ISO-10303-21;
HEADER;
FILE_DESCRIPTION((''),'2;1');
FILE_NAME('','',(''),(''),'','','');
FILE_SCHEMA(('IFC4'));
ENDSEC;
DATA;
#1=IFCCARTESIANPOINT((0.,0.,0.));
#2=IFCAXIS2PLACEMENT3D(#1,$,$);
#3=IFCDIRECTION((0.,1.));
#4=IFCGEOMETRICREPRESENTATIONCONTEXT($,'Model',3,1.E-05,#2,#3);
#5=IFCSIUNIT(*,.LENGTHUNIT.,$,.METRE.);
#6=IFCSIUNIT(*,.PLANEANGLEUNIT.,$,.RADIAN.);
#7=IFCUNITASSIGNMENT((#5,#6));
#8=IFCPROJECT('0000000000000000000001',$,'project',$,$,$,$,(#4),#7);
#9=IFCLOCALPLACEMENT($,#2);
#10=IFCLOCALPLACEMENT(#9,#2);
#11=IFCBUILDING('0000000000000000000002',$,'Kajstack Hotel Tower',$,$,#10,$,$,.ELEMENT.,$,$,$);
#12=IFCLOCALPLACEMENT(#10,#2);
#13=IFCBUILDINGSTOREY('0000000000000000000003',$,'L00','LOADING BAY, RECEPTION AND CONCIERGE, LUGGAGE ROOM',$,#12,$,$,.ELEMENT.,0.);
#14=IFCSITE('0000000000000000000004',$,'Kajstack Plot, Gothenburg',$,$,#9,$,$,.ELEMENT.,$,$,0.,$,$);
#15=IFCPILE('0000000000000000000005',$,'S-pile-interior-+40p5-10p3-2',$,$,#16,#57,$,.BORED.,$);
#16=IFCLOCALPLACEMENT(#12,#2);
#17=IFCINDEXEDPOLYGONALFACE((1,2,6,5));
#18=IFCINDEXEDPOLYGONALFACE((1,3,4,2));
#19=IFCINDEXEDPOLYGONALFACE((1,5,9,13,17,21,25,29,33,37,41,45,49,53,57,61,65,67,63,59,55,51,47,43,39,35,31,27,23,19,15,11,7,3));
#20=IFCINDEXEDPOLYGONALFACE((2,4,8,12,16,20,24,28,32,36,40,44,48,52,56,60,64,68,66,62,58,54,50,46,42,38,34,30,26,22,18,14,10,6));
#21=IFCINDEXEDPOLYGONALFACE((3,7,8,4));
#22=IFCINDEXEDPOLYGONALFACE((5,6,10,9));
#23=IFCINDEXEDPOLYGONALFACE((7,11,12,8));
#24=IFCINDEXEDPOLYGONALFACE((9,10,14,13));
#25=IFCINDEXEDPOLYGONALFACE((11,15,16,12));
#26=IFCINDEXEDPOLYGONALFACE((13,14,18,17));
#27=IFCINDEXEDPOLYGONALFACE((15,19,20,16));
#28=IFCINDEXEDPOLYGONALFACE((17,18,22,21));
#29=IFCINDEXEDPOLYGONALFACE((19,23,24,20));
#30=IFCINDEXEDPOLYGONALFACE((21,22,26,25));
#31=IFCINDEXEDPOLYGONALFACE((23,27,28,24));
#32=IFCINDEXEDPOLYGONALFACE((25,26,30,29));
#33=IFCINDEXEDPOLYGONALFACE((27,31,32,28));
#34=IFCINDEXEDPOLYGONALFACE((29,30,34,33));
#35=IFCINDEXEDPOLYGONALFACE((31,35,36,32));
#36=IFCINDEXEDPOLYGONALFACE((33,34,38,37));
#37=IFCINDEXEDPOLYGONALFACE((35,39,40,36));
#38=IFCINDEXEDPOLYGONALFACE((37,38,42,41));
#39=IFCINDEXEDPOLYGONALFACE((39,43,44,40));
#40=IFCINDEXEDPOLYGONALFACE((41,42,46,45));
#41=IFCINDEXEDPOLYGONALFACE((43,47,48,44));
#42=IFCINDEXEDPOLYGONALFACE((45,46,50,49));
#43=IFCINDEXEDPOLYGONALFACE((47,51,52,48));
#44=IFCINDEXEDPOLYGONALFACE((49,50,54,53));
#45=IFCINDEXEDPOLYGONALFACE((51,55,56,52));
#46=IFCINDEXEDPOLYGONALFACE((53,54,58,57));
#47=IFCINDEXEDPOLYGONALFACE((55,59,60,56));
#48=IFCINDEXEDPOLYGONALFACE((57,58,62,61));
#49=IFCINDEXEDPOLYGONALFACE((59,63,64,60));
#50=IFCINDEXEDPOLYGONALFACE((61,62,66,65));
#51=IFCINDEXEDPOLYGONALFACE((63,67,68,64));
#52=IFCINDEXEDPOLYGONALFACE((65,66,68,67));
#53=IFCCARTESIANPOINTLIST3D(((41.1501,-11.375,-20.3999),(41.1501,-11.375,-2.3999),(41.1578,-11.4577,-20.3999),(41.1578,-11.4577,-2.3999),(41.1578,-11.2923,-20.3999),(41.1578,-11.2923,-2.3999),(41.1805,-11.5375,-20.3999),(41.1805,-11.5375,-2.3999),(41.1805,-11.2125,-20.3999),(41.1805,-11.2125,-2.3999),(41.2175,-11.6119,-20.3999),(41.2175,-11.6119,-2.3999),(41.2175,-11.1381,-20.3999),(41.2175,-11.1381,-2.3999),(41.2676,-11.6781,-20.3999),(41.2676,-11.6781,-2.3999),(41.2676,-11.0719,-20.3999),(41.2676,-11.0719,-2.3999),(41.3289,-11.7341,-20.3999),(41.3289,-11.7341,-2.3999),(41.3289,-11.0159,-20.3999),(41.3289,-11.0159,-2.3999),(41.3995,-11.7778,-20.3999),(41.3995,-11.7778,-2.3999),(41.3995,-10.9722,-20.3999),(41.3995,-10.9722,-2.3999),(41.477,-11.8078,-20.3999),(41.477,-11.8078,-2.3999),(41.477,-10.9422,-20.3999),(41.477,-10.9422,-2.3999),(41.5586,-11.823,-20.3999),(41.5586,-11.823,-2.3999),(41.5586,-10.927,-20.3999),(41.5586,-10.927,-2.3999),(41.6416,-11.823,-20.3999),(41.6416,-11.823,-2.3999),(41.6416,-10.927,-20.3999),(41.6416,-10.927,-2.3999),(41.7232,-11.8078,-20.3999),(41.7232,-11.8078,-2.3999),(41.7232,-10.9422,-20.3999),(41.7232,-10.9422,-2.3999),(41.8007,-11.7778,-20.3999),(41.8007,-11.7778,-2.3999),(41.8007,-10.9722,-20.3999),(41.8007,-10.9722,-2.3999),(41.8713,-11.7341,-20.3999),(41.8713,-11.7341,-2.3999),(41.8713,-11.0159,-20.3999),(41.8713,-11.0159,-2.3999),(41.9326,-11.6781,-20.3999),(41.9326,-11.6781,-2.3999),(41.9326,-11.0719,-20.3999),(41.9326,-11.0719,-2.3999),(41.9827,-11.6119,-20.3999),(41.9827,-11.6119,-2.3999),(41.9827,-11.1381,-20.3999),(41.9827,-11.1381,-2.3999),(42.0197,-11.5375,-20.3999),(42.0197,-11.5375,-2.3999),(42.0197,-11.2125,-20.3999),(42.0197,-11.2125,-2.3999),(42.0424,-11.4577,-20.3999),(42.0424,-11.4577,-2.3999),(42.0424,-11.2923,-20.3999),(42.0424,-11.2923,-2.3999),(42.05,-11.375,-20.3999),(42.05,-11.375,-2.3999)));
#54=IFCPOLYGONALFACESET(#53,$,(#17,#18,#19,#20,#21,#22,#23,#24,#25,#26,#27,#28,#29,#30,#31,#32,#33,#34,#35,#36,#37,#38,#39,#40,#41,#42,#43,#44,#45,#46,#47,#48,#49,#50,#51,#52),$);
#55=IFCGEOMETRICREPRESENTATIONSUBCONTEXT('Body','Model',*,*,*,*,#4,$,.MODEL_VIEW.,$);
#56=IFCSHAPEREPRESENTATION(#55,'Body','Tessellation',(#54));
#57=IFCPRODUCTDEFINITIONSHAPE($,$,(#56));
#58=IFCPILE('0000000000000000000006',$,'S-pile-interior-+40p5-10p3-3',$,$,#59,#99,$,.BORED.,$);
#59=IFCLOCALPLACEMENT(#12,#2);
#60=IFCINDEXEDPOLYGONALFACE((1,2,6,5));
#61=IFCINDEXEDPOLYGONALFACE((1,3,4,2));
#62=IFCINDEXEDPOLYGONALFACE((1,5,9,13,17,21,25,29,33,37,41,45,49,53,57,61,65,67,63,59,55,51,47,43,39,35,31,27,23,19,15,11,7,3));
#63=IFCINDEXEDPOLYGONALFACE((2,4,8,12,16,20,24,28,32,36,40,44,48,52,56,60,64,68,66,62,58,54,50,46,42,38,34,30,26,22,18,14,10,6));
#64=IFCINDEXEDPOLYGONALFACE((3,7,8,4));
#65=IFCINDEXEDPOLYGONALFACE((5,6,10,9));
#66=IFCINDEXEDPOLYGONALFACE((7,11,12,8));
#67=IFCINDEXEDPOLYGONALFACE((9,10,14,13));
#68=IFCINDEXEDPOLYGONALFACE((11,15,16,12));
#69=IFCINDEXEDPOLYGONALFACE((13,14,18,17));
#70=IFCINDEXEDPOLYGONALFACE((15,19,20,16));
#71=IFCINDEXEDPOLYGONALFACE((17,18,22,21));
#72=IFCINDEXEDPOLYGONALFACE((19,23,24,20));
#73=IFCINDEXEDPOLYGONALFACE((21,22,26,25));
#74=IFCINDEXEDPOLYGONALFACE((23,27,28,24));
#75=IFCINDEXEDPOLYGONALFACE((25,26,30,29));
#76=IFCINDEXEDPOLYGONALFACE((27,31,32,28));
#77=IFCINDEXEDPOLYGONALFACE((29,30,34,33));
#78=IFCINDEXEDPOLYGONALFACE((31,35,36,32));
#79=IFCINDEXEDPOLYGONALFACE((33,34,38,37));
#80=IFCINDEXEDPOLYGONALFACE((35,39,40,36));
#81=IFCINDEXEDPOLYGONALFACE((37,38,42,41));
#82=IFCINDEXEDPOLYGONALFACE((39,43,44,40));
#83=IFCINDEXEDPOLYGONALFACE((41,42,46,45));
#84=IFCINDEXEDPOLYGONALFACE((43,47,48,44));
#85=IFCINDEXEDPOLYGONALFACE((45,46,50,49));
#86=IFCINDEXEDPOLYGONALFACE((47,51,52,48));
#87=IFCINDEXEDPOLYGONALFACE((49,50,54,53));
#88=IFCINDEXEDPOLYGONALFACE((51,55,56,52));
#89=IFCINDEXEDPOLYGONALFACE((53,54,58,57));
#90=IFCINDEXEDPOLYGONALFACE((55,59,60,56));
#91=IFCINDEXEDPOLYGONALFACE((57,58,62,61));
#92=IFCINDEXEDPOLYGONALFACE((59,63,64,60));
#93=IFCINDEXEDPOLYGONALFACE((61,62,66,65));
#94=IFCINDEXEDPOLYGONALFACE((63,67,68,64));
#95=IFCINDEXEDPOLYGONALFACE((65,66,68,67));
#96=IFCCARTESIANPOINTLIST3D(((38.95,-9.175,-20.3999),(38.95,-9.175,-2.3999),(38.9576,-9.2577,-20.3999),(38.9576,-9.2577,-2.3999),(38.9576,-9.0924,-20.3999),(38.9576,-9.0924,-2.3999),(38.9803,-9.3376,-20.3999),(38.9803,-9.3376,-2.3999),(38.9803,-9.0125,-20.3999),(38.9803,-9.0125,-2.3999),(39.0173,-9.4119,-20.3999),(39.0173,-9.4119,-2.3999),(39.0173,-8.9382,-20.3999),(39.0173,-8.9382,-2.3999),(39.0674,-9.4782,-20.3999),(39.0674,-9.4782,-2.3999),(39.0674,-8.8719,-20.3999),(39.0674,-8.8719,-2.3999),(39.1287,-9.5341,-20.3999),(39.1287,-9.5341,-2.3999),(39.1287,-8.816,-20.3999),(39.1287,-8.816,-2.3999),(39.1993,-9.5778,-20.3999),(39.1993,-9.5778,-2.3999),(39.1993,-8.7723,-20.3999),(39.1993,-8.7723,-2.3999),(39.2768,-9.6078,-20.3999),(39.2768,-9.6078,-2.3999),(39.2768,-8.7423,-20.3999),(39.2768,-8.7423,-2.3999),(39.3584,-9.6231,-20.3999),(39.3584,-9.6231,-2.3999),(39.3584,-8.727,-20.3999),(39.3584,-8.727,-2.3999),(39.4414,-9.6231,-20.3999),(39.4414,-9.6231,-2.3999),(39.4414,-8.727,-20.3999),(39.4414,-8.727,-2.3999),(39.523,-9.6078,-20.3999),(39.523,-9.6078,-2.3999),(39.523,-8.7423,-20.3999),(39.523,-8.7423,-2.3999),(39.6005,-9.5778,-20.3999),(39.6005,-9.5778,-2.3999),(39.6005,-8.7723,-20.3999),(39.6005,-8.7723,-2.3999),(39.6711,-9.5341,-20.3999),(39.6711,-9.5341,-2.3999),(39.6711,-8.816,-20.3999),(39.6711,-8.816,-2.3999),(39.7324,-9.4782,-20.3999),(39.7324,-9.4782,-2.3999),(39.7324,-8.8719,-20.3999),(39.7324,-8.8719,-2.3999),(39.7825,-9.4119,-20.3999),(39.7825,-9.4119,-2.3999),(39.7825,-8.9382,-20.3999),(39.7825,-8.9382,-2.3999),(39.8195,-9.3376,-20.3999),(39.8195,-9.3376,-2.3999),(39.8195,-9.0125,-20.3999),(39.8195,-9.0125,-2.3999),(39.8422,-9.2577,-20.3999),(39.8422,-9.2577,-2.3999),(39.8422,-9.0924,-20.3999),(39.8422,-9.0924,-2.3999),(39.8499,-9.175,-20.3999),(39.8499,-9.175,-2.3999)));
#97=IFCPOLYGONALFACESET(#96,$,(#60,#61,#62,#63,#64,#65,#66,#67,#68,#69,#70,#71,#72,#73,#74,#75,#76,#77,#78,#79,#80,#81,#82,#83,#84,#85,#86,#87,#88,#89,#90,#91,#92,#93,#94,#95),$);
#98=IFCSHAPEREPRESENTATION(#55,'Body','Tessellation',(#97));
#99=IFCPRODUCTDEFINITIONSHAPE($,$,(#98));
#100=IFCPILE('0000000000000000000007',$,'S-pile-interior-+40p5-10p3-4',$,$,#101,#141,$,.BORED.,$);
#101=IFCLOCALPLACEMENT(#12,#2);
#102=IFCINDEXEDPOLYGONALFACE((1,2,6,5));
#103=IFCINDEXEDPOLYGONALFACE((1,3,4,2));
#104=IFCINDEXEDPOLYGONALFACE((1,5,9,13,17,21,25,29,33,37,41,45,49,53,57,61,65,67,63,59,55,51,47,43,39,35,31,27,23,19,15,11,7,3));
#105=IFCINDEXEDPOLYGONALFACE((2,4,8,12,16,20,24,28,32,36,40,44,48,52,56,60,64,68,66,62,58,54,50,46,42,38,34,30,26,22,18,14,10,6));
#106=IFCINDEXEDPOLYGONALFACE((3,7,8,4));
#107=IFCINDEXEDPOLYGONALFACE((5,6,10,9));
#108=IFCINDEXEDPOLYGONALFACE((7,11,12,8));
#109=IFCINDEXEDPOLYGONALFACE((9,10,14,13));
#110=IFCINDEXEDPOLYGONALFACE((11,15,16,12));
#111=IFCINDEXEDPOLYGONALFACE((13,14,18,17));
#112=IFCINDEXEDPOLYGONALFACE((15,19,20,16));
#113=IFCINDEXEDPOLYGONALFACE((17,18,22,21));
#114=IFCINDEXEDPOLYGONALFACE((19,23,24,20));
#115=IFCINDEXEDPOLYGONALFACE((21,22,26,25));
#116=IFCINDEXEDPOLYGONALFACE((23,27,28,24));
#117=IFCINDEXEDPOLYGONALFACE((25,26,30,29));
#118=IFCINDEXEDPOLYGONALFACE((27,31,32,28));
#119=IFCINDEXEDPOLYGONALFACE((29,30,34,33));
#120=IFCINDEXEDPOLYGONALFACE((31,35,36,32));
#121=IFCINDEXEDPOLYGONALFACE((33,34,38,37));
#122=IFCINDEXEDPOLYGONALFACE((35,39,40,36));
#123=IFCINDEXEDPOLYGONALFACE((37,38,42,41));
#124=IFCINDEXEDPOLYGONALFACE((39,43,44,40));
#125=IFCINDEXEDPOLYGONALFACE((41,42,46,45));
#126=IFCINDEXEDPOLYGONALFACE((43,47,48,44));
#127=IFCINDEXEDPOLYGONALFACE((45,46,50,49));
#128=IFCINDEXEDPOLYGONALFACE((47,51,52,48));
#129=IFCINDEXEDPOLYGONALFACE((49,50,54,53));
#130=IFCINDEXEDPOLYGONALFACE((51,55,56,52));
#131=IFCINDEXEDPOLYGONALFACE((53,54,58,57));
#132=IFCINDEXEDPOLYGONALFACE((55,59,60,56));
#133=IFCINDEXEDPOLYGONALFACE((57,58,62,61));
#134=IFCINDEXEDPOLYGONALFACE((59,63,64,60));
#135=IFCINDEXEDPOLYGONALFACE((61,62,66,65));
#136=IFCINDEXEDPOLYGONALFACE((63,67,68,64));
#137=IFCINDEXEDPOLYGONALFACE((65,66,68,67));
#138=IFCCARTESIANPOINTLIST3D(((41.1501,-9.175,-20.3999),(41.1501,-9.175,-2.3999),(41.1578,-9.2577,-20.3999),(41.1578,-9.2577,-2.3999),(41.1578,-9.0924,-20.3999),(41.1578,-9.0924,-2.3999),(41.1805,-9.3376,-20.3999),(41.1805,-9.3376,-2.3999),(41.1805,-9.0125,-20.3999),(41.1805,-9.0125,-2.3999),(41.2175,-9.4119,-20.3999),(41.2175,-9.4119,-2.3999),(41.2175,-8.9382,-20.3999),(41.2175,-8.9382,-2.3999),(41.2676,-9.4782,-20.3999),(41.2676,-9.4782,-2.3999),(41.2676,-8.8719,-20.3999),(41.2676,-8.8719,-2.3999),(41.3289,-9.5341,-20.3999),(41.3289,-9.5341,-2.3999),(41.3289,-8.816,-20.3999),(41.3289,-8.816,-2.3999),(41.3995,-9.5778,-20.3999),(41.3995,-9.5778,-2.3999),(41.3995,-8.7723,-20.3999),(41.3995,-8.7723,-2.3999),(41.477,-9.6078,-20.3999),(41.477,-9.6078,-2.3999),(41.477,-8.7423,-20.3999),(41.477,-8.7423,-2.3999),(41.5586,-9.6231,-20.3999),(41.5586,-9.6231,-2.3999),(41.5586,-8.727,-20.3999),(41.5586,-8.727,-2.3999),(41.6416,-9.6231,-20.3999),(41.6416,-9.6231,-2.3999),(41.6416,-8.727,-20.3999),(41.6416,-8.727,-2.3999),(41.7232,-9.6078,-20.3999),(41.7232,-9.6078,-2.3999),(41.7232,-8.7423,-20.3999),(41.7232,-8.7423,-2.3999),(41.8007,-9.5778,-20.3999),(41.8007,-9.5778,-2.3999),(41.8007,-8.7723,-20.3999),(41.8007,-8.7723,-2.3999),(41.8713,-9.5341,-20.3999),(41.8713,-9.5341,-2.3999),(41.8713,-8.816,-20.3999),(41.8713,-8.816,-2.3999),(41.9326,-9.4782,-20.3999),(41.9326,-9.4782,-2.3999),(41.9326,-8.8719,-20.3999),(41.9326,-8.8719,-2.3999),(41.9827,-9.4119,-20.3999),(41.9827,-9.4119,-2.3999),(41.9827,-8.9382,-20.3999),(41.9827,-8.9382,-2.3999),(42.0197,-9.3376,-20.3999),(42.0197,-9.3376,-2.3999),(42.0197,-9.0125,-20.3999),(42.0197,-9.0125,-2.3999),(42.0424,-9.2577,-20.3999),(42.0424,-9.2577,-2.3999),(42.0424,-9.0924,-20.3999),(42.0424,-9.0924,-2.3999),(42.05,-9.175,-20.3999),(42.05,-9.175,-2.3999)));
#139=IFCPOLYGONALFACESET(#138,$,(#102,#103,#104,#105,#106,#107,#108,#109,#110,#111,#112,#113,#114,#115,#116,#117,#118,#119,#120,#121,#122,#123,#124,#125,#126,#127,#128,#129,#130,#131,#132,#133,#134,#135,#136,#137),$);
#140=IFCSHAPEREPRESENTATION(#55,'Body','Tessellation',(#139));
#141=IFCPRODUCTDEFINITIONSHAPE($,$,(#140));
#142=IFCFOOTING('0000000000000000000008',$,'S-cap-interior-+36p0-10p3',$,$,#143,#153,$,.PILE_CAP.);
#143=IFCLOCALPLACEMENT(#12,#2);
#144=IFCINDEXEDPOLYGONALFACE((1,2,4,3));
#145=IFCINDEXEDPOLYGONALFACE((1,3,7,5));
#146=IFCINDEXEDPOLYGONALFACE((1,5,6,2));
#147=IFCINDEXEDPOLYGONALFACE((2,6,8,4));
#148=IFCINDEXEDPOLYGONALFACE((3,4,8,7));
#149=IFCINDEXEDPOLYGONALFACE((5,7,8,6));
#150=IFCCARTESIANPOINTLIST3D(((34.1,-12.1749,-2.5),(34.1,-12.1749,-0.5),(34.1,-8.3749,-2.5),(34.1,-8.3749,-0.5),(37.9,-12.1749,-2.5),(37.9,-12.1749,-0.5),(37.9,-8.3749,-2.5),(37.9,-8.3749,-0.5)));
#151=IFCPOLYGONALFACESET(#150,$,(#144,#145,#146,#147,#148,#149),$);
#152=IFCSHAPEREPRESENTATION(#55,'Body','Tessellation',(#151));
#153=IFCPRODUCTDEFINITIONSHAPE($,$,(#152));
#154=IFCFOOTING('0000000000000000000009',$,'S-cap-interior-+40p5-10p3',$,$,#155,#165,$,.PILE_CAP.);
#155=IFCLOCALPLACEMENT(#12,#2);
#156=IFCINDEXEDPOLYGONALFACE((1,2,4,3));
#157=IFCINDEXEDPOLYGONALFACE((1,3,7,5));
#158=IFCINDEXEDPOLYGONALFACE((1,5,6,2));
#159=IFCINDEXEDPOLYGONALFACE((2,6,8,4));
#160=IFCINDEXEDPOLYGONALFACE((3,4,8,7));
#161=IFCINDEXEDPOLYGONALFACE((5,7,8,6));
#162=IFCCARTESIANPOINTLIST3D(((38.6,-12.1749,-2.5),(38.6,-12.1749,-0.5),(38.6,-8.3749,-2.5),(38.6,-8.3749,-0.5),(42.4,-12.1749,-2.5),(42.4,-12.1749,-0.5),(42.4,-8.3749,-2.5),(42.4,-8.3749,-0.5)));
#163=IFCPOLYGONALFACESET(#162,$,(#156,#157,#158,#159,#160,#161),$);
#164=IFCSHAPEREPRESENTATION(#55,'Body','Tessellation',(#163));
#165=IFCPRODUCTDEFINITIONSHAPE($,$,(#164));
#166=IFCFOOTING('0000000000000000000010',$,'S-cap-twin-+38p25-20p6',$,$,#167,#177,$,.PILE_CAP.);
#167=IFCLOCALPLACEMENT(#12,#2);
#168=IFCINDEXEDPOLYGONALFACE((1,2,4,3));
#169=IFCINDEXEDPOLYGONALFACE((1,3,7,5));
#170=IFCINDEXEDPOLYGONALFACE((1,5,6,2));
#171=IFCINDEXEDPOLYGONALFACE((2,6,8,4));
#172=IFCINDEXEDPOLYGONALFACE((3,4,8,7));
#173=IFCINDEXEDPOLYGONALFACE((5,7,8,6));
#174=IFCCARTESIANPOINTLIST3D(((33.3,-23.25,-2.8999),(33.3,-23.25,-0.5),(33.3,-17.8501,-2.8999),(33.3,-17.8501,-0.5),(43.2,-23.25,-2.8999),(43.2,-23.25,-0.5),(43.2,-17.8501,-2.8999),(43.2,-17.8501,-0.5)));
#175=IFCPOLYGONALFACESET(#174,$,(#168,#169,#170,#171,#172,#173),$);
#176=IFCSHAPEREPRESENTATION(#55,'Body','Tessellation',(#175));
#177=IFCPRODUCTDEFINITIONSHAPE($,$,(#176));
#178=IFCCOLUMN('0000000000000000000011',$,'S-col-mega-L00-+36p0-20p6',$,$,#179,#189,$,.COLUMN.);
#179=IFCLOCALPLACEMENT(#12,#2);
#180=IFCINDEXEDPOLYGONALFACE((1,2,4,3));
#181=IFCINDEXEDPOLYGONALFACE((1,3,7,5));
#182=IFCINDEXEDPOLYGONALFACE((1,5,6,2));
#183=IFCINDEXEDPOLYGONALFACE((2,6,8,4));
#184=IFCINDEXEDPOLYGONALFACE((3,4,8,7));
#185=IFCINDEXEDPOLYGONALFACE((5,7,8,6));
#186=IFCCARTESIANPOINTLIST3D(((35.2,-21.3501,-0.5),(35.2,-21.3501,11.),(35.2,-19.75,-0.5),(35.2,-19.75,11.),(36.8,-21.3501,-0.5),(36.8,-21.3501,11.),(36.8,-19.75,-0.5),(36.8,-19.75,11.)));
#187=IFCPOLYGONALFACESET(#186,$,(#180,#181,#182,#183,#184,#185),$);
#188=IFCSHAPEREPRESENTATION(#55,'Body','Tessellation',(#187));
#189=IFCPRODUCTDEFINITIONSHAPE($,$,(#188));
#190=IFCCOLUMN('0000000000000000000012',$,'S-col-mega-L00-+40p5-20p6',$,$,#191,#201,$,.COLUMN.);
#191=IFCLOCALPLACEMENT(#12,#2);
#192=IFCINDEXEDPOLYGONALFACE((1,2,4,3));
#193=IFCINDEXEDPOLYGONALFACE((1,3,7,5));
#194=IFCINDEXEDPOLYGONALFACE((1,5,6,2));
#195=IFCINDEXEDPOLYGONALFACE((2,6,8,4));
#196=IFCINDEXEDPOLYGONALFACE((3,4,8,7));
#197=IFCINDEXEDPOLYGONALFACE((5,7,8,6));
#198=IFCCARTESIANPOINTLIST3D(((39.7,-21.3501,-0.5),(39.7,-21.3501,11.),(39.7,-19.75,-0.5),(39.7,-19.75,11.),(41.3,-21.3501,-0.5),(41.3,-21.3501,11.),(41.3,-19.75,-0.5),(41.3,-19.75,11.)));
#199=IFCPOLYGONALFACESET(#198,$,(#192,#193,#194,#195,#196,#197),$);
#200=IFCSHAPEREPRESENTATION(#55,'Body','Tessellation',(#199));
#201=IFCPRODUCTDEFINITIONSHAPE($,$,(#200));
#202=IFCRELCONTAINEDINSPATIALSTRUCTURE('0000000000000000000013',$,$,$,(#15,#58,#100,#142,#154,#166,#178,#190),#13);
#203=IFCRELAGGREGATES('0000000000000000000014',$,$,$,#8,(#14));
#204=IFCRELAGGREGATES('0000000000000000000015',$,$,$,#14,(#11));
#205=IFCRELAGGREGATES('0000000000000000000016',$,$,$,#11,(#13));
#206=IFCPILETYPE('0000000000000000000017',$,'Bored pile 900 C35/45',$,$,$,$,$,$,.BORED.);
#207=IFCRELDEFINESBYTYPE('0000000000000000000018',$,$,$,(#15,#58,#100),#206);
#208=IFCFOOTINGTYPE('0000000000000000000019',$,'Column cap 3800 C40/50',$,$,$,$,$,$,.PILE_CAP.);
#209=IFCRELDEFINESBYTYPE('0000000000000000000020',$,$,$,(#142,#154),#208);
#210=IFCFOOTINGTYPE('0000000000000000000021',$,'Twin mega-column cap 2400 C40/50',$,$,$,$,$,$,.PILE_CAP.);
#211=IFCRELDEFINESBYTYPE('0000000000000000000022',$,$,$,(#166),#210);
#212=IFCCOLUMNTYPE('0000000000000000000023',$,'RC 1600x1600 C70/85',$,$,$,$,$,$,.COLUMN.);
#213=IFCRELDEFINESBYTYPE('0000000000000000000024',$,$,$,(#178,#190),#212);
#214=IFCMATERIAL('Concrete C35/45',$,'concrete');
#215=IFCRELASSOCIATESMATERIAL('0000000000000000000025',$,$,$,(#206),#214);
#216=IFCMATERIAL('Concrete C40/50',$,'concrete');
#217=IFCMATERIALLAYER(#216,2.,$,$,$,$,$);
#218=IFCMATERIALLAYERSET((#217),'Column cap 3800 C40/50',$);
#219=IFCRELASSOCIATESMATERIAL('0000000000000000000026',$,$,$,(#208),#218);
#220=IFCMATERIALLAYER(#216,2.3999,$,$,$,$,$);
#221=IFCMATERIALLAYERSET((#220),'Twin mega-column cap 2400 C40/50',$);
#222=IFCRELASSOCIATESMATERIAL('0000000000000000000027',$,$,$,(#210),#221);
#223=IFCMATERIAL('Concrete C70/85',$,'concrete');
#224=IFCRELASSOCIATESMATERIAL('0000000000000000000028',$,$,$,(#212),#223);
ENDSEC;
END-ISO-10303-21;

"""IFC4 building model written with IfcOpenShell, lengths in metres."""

from ifc_helpers import new_model, si_unit, direction, frame, origin, origin_2d, place, context, subcontext, project, spatial, rectangle, circle, extrude, material, layer, layer_set, material_profile, profile_set, type_object, element, save


model = new_model("IFC4")

# Units and contexts
model_context = context("Model", 3, precision=1e-05, world=origin(), true_north=direction((0.0, 1.0)))
body_context = subcontext(model_context, "Body", "Model", "MODEL_VIEW")
ifc_project = project(units=[si_unit("LENGTHUNIT", "METRE"), si_unit("PLANEANGLEUNIT", "RADIAN")], contexts=[model_context])

# Site, building, storey
site_placement = place(None, origin())
site = spatial("IfcSite", under=ifc_project, at=site_placement, Name="Kajstack Plot, Gothenburg", CompositionType="ELEMENT", RefElevation=0.0)
building_placement = place(site_placement, origin())
building = spatial("IfcBuilding", under=site, at=building_placement, Name="Kajstack Hotel Tower", CompositionType="ELEMENT")
storey_placement = place(building_placement, origin())
storey = spatial("IfcBuildingStorey", under=building, at=storey_placement, Name="L00", Description="LOADING BAY, RECEPTION AND CONCIERGE, LUGGAGE ROOM", CompositionType="ELEMENT", Elevation=0.0)

# Piles
ifc_material_1 = material(Name="Concrete C35/45", Category="concrete")
ifc_material_profile_1 = material_profile(ifc_material_1, circle(Radius=0.45, at=origin_2d()), Name="RC round 900")
ifc_profile_set_1 = profile_set([ifc_material_profile_1], Name="Concrete C35/45")
pile_type_1 = type_object("IfcPileType", Name="Bored pile 900 C35/45", PredefinedType="BORED", material=ifc_profile_set_1)
for number, where, z_axis, x_axis, name in (
    (1, (41.6001, -11.375, -2.3999), (0.0, 0.0, -1.0), (1.0, 0.0, 0.0), "S-pile-interior-+40p5-10p3-2"),
    (2, (39.3999, -9.175, -2.3999), (0.0, 0.0, -1.0), (1.0, 0.0, 0.0), "S-pile-interior-+40p5-10p3-3"),
    (3, (41.6001, -9.175, -2.3999), (0.0, 0.0, -1.0), (1.0, 0.0, 0.0), "S-pile-interior-+40p5-10p3-4"),
):
    element("IfcPile", number, at=place(storey_placement, frame(where, z_axis=z_axis, x_axis=x_axis)), inside=storey, type_object=pile_type_1, Name=name, PredefinedType="BORED", context=body_context, shape_type="SweptSolid", body=[
        extrude(circle(Radius=0.45, at=origin_2d()), origin(), (0.0, 0.0, 1.0), 18.0),
    ])

# Footings
ifc_material_2 = material(Name="Concrete C40/50", Category="concrete")
ifc_layer_1 = layer(ifc_material_2, 2.0)
ifc_layer_set_1 = layer_set([ifc_layer_1], Name="Column cap 3800 C40/50")
footing_type_1 = type_object("IfcFootingType", Name="Column cap 3800 C40/50", PredefinedType="PILE_CAP", material=ifc_layer_set_1)
for number, where, z_axis, x_axis, name in (
    (4, (36.0, -10.2749, -2.5), (0.0, 0.0, 1.0), (1.0, 0.0, 0.0), "S-cap-interior-+36p0-10p3"),
    (5, (40.5, -10.2749, -2.5), (0.0, 0.0, 1.0), (1.0, 0.0, 0.0), "S-cap-interior-+40p5-10p3"),
):
    element("IfcFooting", number, at=place(storey_placement, frame(where, z_axis=z_axis, x_axis=x_axis)), inside=storey, type_object=footing_type_1, Name=name, PredefinedType="PILE_CAP", context=body_context, shape_type="SweptSolid", body=[
        extrude(rectangle(XDim=3.8, YDim=3.8, at=origin_2d()), origin(), (0.0, 0.0, 1.0), 2.0),
    ])
ifc_layer_2 = layer(ifc_material_2, 2.3999)
ifc_layer_set_2 = layer_set([ifc_layer_2], Name="Twin mega-column cap 2400 C40/50")
footing_type_2 = type_object("IfcFootingType", Name="Twin mega-column cap 2400 C40/50", PredefinedType="PILE_CAP", material=ifc_layer_set_2)
footing_placement = place(storey_placement, frame((38.25, -20.55, -2.8999), z_axis=(0.0, 0.0, 1.0), x_axis=(1.0, 0.0, 0.0)))
element("IfcFooting", 6, at=footing_placement, inside=storey, type_object=footing_type_2, Name="S-cap-twin-+38p25-20p6", PredefinedType="PILE_CAP", context=body_context, shape_type="SweptSolid", body=[
    extrude(rectangle(XDim=9.8999, YDim=5.3999, at=origin_2d()), origin(), (0.0, 0.0, 1.0), 2.3999),
])

# Columns
ifc_material_3 = material(Name="Concrete C70/85", Category="concrete")
ifc_material_profile_2 = material_profile(ifc_material_3, rectangle(XDim=1.6001, YDim=1.6001, at=origin_2d()), Name="RC 1600x1600")
ifc_profile_set_2 = profile_set([ifc_material_profile_2], Name="Concrete C70/85")
column_type_1 = type_object("IfcColumnType", Name="RC 1600x1600 C70/85", PredefinedType="COLUMN", material=ifc_profile_set_2)
for number, where, z_axis, x_axis, name in (
    (7, (36.0, -20.55, -0.5), (0.0, 0.0, 1.0), (1.0, 0.0, 0.0), "S-col-mega-L00-+36p0-20p6"),
    (8, (40.5, -20.55, -0.5), (0.0, 0.0, 1.0), (1.0, 0.0, 0.0), "S-col-mega-L00-+40p5-20p6"),
):
    element("IfcColumn", number, at=place(storey_placement, frame(where, z_axis=z_axis, x_axis=x_axis)), inside=storey, type_object=column_type_1, Name=name, PredefinedType="COLUMN", context=body_context, shape_type="SweptSolid", body=[
        extrude(rectangle(XDim=1.6001, YDim=1.6001, at=origin_2d()), origin(), (0.0, 0.0, 1.0), 11.5),
    ])

save(model, "model.ifc")
